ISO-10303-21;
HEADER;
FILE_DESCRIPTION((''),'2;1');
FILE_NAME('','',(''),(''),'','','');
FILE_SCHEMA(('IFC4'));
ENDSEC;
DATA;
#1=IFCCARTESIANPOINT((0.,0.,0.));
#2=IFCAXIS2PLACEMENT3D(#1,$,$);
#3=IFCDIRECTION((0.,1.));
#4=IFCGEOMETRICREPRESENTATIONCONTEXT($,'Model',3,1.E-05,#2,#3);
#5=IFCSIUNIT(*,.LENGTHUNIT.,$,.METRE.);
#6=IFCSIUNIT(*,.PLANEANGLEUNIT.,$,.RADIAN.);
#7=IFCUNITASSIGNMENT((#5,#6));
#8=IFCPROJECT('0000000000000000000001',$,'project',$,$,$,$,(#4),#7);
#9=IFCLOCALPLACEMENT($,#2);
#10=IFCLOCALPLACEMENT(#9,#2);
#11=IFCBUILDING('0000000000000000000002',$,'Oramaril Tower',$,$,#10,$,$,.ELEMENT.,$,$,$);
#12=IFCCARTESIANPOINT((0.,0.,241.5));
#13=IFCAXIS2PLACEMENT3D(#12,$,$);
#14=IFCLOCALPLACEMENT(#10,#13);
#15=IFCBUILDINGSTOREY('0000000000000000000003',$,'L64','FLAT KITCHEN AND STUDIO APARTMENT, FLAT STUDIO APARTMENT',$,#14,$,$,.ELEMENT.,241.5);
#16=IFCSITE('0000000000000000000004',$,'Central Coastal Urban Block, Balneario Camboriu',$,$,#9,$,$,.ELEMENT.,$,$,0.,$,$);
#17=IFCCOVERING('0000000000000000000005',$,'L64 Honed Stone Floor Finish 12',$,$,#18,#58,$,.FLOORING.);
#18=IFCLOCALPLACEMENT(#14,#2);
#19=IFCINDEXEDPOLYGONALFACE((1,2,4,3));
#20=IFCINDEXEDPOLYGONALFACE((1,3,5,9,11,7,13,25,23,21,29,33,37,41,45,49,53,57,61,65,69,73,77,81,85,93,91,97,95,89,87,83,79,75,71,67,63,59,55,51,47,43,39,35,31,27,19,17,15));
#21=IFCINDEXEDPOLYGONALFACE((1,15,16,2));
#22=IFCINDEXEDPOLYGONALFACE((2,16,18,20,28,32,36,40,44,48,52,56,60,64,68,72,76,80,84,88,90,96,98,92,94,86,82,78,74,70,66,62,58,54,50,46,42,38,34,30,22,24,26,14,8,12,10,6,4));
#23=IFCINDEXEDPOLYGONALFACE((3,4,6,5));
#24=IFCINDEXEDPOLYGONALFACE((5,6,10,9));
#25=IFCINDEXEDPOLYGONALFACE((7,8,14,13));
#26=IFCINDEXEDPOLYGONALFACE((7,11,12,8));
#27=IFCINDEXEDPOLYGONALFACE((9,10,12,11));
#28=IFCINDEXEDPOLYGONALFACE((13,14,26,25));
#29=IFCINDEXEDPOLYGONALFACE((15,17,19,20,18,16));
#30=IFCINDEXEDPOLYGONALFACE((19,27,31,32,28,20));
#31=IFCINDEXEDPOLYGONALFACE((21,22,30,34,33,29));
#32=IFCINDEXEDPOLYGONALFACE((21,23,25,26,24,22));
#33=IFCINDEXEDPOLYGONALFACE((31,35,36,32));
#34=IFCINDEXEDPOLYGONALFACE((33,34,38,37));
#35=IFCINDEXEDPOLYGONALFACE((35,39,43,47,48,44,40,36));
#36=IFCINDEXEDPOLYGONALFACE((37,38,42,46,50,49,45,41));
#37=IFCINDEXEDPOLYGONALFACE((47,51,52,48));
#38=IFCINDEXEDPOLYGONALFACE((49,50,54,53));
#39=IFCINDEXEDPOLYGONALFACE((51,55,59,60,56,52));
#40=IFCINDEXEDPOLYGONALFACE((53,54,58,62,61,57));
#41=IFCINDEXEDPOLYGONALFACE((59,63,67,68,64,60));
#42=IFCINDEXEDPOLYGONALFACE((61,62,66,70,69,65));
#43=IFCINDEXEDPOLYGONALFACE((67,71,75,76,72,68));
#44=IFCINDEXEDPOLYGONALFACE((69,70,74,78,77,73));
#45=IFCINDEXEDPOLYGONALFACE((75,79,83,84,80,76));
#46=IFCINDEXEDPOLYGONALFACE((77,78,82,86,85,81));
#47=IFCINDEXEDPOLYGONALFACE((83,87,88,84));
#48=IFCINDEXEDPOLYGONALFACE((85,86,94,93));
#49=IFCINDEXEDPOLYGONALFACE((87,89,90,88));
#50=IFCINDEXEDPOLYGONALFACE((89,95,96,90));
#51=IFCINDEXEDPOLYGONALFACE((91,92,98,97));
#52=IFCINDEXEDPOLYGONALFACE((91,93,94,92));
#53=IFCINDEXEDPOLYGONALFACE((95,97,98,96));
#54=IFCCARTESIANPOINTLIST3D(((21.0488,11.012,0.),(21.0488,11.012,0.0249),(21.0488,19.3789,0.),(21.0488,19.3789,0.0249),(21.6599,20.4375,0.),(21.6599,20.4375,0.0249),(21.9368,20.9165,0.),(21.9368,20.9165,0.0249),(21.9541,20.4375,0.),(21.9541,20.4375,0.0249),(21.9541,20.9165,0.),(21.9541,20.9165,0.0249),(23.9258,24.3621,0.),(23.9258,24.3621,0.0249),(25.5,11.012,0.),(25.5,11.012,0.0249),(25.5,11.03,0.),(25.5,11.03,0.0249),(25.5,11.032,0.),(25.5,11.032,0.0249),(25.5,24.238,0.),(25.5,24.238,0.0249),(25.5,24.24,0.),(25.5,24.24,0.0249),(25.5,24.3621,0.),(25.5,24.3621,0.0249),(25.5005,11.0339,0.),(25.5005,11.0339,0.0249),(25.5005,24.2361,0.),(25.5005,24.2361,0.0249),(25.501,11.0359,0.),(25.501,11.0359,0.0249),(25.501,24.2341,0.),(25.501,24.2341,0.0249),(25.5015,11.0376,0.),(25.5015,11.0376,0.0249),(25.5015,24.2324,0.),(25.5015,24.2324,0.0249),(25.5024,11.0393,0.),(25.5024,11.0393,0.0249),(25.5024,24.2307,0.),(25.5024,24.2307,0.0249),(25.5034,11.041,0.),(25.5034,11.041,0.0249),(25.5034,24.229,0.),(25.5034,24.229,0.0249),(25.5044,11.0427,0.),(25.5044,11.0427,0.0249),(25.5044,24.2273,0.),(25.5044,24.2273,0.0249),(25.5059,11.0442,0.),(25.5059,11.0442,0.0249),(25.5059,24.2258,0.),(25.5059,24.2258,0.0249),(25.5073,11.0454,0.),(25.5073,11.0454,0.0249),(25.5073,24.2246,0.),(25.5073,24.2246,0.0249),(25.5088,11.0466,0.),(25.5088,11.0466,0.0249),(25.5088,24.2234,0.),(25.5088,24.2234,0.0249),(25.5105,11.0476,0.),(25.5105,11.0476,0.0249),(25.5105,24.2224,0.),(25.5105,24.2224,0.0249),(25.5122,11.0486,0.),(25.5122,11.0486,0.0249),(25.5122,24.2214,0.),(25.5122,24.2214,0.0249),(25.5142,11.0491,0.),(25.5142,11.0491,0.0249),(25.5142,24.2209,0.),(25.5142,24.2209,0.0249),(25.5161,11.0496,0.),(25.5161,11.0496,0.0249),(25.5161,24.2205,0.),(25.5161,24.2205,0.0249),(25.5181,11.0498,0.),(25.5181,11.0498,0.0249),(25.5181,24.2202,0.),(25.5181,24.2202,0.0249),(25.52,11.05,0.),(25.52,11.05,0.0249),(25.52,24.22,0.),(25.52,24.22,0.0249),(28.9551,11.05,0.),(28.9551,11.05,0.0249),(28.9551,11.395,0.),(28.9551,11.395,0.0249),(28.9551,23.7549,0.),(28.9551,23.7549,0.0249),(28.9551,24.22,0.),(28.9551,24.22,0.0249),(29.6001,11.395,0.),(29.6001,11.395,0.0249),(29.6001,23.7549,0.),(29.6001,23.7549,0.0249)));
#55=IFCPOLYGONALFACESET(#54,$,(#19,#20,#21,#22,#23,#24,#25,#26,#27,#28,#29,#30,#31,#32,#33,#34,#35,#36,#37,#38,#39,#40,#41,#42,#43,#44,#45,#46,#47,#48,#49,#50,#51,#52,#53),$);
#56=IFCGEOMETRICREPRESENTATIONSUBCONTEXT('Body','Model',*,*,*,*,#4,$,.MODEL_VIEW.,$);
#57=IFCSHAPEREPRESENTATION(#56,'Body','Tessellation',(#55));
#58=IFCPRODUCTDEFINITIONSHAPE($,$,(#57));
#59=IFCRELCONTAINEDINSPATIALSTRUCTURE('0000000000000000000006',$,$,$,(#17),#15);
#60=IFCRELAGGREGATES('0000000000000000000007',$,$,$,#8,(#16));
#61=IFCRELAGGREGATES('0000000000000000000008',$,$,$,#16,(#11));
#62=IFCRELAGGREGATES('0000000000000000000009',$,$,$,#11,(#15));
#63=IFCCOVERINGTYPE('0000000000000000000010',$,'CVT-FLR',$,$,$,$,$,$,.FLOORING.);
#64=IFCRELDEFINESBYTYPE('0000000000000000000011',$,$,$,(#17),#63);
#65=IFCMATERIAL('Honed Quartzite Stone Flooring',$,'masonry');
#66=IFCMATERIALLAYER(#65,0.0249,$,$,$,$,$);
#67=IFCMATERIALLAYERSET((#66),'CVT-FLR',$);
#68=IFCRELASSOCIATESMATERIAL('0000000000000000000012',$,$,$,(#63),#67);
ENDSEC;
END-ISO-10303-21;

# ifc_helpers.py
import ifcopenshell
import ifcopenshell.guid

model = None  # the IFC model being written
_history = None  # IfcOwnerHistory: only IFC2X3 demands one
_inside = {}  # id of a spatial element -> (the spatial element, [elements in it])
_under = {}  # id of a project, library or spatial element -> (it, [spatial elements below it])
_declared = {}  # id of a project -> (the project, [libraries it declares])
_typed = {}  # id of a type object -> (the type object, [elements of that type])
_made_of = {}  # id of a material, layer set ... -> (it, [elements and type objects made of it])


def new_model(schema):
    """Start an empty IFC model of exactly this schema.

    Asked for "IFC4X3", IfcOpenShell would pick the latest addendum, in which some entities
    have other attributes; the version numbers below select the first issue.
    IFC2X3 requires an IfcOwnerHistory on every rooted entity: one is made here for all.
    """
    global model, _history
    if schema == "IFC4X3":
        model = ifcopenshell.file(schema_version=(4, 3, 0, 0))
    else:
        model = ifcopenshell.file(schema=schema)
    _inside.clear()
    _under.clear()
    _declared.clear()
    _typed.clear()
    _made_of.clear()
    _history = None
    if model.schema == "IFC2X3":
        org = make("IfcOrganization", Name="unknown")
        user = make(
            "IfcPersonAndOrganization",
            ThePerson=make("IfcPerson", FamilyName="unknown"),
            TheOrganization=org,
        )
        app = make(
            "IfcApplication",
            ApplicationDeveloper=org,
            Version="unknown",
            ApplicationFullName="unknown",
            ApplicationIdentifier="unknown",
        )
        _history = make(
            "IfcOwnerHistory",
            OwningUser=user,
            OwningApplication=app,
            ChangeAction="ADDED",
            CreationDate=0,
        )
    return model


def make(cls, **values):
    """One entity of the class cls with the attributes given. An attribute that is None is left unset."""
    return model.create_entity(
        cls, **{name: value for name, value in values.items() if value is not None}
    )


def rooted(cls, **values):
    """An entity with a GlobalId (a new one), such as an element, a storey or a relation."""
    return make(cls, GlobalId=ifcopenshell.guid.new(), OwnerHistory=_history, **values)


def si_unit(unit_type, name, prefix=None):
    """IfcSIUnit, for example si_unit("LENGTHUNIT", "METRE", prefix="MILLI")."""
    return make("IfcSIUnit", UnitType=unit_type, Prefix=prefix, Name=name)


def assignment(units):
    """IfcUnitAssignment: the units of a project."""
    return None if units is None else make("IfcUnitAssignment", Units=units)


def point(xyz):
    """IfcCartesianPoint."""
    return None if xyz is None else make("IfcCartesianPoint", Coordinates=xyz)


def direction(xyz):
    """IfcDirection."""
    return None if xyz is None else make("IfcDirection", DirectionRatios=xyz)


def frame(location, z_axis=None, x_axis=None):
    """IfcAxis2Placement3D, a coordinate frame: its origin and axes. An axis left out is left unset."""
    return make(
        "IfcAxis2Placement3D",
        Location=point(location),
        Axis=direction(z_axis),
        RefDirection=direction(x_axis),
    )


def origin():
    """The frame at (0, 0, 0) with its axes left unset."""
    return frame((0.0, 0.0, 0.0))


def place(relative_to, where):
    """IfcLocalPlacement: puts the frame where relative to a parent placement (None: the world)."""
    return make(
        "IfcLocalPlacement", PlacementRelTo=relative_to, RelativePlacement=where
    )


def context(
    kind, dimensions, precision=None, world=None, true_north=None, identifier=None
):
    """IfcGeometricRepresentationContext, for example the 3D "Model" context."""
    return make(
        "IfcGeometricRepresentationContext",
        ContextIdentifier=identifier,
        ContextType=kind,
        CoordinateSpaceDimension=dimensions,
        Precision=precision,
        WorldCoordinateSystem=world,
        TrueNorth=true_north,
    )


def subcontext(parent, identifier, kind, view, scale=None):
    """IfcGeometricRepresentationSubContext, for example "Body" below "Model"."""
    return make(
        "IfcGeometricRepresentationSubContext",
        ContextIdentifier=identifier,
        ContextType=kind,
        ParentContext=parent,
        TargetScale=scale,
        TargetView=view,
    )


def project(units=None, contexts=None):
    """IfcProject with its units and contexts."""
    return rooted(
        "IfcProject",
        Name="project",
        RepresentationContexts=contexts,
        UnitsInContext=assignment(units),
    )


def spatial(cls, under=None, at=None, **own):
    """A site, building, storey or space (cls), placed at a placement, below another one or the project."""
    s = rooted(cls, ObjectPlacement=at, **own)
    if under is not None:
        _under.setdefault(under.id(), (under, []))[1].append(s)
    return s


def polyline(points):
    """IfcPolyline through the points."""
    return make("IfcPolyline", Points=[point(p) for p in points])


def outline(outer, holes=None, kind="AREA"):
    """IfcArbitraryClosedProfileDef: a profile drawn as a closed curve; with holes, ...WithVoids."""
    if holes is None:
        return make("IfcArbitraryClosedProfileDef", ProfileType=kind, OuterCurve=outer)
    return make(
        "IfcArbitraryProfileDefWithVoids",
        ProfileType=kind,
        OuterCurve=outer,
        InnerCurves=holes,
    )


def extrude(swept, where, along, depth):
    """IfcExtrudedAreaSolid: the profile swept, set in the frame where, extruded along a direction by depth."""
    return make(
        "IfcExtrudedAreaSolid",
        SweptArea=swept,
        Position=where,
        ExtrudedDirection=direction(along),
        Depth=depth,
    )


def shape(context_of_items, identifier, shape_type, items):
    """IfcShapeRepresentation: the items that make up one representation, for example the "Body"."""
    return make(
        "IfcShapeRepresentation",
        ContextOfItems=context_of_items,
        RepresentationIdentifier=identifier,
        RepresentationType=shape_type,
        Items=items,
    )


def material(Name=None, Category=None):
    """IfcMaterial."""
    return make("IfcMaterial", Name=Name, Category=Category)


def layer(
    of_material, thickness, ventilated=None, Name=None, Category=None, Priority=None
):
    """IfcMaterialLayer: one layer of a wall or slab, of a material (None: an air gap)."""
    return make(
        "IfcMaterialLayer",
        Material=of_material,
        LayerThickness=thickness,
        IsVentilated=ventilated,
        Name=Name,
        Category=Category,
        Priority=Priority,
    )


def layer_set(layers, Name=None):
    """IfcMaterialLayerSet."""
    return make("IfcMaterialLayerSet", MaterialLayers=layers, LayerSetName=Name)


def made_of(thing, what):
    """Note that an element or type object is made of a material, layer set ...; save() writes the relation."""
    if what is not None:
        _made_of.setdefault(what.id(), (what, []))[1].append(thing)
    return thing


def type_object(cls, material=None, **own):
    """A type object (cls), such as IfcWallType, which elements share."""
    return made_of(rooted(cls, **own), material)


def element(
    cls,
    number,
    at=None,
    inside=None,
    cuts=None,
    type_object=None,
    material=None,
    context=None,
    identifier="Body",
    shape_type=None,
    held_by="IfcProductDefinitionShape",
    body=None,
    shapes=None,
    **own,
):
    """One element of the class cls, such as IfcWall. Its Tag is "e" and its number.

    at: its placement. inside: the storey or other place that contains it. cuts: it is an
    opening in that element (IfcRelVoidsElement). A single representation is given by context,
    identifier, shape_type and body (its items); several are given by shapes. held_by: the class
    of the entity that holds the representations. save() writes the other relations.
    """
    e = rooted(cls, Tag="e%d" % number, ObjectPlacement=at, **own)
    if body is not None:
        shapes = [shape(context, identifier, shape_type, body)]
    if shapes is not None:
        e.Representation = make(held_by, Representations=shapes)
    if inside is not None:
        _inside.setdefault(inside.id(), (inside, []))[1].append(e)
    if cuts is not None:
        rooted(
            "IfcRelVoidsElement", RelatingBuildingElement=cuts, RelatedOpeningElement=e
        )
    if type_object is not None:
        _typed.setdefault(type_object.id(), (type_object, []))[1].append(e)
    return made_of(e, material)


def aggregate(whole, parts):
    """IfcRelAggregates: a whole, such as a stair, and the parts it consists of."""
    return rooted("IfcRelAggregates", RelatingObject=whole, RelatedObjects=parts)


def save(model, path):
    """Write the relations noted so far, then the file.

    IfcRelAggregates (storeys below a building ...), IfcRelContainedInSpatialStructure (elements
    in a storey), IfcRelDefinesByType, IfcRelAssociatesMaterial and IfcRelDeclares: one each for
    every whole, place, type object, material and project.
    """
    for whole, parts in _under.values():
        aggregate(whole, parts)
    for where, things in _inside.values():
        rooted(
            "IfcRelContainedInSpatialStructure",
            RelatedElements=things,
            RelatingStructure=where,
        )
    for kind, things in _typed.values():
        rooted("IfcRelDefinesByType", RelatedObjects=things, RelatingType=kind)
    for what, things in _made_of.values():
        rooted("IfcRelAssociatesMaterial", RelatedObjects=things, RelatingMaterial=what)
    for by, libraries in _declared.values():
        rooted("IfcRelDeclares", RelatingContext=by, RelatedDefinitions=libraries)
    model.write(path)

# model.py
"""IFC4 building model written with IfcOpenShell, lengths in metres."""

from ifc_helpers import new_model, si_unit, direction, frame, origin, place, context, subcontext, project, spatial, polyline, outline, extrude, material, layer, layer_set, type_object, element, save


model = new_model("IFC4")

# Units and contexts
model_context = context("Model", 3, precision=1e-05, world=origin(), true_north=direction((0.0, 1.0)))
body_context = subcontext(model_context, "Body", "Model", "MODEL_VIEW")
ifc_project = project(units=[si_unit("LENGTHUNIT", "METRE"), si_unit("PLANEANGLEUNIT", "RADIAN")], contexts=[model_context])

# Site, building, storey
site_placement = place(None, origin())
site = spatial("IfcSite", under=ifc_project, at=site_placement, Name="Central Coastal Urban Block, Balneario Camboriu", CompositionType="ELEMENT", RefElevation=0.0)
building_placement = place(site_placement, origin())
building = spatial("IfcBuilding", under=site, at=building_placement, Name="Oramaril Tower", CompositionType="ELEMENT")
storey_placement = place(building_placement, frame((0.0, 0.0, 241.5)))
storey = spatial("IfcBuildingStorey", under=building, at=storey_placement, Name="L64", Description="FLAT KITCHEN AND STUDIO APARTMENT, FLAT STUDIO APARTMENT", CompositionType="ELEMENT", Elevation=241.5)

# Covering
ifc_material_1 = material(Name="Honed Quartzite Stone Flooring", Category="masonry")
ifc_layer_1 = layer(ifc_material_1, 0.0249)
ifc_layer_set_1 = layer_set([ifc_layer_1], Name="CVT-FLR")
covering_type_1 = type_object("IfcCoveringType", Name="CVT-FLR", PredefinedType="FLOORING", material=ifc_layer_set_1)
covering_1_placement = place(storey_placement, origin())
element("IfcCovering", 1, at=covering_1_placement, inside=storey, type_object=covering_type_1, Name="L64 Honed Stone Floor Finish 12", PredefinedType="FLOORING", context=body_context, shape_type="SweptSolid", body=[
    extrude(outline(polyline([(28.9551, 23.7549), (29.6001, 23.7549), (29.6001, 11.395), (28.9551, 11.395), (28.9551, 11.05), (25.52, 11.05), (25.5181, 11.0498), (25.5161, 11.0496), (25.5142, 11.0491), (25.5122, 11.0486), (25.5105, 11.0476), (25.5088, 11.0466), (25.5073, 11.0454), (25.5059, 11.0442), (25.5044, 11.0427), (25.5034, 11.041), (25.5024, 11.0393), (25.5015, 11.0376), (25.501, 11.0359), (25.5005, 11.0339), (25.5, 11.032), (25.5, 11.03), (25.5, 11.012), (21.0488, 11.012), (21.0488, 19.3789), (21.6599, 20.4375), (21.9541, 20.4375), (21.9541, 20.9165), (21.9368, 20.9165), (23.9258, 24.3621), (25.5, 24.3621), (25.5, 24.24), (25.5, 24.238), (25.5005, 24.2361), (25.501, 24.2341), (25.5015, 24.2324), (25.5024, 24.2307), (25.5034, 24.229), (25.5044, 24.2273), (25.5059, 24.2258), (25.5073, 24.2246), (25.5088, 24.2234), (25.5105, 24.2224), (25.5122, 24.2214), (25.5142, 24.2209), (25.5161, 24.2205), (25.5181, 24.2202), (25.52, 24.22), (28.9551, 24.22), (28.9551, 23.7549)])), origin(), (0.0, 0.0, 1.0), 0.0249),
])

save(model, "model.ifc")
